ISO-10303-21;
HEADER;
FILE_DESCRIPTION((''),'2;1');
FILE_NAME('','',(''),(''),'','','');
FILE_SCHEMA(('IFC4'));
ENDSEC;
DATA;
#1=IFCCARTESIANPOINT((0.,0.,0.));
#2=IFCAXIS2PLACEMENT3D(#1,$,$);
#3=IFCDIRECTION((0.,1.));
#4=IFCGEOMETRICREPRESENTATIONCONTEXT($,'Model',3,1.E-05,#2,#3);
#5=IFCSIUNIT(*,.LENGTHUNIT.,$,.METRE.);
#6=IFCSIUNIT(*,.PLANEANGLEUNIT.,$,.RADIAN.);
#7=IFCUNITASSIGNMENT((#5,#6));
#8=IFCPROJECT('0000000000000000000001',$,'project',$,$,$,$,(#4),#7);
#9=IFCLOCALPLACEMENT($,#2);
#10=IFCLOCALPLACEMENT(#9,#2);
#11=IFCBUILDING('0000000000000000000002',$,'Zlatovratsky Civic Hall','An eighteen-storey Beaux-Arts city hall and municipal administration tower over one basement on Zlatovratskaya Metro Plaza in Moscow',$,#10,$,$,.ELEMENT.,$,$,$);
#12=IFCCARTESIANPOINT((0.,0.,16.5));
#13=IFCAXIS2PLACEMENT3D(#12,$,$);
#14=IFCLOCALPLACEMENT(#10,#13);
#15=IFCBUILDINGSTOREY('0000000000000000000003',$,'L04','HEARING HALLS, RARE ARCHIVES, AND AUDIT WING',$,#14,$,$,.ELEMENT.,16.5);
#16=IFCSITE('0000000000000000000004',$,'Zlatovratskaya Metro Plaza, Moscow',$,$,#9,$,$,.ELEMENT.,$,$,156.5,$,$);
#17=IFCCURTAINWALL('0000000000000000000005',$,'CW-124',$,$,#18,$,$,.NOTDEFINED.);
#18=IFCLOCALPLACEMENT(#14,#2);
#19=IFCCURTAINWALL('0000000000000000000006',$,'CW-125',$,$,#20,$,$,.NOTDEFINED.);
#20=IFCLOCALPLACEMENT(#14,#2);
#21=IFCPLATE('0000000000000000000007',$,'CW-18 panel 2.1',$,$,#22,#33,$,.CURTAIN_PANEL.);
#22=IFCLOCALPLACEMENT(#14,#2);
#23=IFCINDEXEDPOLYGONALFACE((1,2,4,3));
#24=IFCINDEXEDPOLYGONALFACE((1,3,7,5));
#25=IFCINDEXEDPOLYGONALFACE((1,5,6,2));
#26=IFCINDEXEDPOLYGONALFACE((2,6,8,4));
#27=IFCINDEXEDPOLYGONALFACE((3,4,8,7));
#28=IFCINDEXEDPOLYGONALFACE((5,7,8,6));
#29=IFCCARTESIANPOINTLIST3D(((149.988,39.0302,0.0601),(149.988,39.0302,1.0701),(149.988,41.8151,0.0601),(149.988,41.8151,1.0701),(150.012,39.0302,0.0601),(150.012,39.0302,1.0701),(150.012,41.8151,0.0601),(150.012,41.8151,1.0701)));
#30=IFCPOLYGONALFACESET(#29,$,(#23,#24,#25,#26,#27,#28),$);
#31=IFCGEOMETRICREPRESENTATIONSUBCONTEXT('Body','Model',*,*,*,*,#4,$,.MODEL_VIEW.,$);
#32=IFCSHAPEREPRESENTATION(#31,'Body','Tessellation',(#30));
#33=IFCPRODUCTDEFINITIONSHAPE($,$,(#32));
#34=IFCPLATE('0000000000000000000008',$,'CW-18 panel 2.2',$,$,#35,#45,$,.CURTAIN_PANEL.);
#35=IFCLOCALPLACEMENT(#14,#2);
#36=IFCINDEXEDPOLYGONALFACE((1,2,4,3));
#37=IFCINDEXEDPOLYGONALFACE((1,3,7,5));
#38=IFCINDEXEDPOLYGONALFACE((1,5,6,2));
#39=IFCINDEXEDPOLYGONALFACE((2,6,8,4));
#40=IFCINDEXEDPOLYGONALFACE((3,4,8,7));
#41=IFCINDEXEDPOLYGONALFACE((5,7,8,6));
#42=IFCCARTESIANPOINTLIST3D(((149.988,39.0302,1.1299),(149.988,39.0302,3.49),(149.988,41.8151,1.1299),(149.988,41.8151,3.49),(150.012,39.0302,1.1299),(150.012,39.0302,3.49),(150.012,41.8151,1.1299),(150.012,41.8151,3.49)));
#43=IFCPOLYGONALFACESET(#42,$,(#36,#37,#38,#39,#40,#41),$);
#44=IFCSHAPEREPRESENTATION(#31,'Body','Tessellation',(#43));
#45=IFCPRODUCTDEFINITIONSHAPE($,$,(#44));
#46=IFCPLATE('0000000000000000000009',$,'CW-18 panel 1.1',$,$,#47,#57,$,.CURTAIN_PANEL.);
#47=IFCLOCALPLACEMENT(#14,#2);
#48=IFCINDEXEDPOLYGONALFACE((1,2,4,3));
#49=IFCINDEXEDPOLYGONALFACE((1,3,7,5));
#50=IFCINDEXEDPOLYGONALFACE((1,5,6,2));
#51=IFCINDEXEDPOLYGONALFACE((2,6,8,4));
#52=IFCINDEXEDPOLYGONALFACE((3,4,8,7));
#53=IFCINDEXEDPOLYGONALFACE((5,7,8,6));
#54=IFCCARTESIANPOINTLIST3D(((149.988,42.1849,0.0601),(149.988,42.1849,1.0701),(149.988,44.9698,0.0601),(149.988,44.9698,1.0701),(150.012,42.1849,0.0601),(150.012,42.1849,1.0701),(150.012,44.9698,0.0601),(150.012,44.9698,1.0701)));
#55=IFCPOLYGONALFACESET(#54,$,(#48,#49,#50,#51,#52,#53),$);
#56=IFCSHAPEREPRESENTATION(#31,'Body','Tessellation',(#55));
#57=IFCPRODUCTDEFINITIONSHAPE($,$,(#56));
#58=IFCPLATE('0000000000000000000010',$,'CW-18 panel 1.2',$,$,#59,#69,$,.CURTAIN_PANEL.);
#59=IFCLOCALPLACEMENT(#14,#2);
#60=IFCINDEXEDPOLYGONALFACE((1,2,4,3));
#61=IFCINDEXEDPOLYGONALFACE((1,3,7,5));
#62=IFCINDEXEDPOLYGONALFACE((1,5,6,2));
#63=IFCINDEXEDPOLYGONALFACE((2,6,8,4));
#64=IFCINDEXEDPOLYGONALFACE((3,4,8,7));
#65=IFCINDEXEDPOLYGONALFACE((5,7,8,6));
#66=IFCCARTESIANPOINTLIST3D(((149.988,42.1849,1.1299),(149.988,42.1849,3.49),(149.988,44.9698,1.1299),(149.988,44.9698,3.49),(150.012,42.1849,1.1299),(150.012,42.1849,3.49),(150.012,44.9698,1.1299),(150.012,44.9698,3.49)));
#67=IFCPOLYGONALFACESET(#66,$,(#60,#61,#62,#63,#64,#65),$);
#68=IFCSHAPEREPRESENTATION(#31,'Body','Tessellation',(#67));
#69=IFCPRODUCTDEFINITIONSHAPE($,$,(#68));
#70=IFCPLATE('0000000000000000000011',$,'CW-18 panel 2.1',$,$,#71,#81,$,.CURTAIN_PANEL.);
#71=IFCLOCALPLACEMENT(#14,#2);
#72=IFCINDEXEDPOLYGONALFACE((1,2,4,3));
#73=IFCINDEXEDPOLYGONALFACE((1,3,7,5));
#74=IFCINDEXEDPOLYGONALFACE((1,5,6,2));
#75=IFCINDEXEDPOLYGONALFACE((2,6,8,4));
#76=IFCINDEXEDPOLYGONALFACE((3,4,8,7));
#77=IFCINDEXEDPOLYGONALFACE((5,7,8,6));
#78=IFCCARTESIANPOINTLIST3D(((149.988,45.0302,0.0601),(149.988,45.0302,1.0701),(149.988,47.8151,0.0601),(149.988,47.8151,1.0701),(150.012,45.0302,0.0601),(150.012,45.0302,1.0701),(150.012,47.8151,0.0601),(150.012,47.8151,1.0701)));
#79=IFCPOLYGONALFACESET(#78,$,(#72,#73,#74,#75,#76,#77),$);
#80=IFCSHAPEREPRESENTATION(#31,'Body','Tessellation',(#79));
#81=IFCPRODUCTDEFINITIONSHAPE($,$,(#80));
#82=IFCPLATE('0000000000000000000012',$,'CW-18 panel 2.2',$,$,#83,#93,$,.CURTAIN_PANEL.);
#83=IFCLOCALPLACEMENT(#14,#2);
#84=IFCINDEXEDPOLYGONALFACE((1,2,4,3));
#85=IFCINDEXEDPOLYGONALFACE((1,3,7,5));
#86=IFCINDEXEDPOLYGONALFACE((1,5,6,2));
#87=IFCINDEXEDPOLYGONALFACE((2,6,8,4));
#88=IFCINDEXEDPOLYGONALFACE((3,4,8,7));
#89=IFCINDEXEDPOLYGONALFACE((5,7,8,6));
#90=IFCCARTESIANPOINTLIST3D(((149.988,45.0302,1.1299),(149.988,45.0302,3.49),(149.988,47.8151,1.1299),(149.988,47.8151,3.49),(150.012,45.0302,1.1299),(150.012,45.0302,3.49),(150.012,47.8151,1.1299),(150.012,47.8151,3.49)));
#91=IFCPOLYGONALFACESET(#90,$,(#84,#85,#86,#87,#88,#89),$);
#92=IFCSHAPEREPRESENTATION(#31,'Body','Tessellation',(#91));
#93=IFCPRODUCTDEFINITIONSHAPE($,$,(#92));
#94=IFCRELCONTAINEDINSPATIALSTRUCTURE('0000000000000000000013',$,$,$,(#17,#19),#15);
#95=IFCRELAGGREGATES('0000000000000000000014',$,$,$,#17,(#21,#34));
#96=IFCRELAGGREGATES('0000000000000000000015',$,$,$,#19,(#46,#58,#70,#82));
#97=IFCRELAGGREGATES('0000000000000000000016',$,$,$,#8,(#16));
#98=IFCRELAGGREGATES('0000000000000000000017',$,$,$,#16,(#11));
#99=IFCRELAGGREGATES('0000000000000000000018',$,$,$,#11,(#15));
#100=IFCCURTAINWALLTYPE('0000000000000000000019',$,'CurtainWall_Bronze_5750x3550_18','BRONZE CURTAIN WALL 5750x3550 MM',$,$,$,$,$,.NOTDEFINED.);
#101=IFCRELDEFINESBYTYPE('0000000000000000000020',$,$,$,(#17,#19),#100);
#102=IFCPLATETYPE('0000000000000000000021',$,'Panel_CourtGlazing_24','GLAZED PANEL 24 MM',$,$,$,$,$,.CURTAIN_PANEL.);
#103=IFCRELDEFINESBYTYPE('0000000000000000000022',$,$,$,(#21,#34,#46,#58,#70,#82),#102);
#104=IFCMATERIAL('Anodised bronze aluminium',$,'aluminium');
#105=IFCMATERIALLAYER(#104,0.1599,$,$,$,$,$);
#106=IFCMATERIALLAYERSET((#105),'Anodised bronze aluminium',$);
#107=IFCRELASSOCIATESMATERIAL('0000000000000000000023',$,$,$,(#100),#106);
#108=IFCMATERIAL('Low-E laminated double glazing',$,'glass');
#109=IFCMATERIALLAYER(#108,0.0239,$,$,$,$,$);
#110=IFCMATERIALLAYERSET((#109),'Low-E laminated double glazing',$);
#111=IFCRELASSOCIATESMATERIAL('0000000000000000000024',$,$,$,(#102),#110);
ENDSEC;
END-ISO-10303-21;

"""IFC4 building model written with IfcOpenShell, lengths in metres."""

from ifc_helpers import new_model, si_unit, direction, frame, origin, origin_2d, place, context, subcontext, project, spatial, rectangle, extrude, material, layer, layer_set, type_object, element, aggregate, save


model = new_model("IFC4")

# Units and contexts
model_context = context("Model", 3, precision=1e-05, world=origin(), true_north=direction((0.0, 1.0)))
body_context = subcontext(model_context, "Body", "Model", "MODEL_VIEW")
ifc_project = project(units=[si_unit("LENGTHUNIT", "METRE"), si_unit("PLANEANGLEUNIT", "RADIAN")], contexts=[model_context])

# Site, building, storey
site_placement = place(None, origin())
site = spatial("IfcSite", under=ifc_project, at=site_placement, Name="Zlatovratskaya Metro Plaza, Moscow", CompositionType="ELEMENT", RefElevation=156.5)
building_placement = place(site_placement, origin())
building = spatial("IfcBuilding", under=site, at=building_placement, Name="Zlatovratsky Civic Hall", Description="An eighteen-storey Beaux-Arts city hall and municipal administration tower over one basement on Zlatovratskaya Metro Plaza in Moscow", CompositionType="ELEMENT")
storey_placement = place(building_placement, frame((0.0, 0.0, 16.5)))
storey = spatial("IfcBuildingStorey", under=building, at=storey_placement, Name="L04", Description="HEARING HALLS, RARE ARCHIVES, AND AUDIT WING", CompositionType="ELEMENT", Elevation=16.5)

# Curtain walls
ifc_material_1 = material(Name="Anodised bronze aluminium", Category="aluminium")
ifc_layer_1 = layer(ifc_material_1, 0.1599)
ifc_layer_set_1 = layer_set([ifc_layer_1], Name="Anodised bronze aluminium")
curtain_wall_type = type_object("IfcCurtainWallType", Name="CurtainWall_Bronze_5750x3550_18", Description="BRONZE CURTAIN WALL 5750x3550 MM", PredefinedType="NOTDEFINED", material=ifc_layer_set_1)
curtain_wall_1_placement = place(storey_placement, origin())
curtain_wall_1 = element("IfcCurtainWall", 1, at=curtain_wall_1_placement, inside=storey, type_object=curtain_wall_type, Name="CW-124", PredefinedType="NOTDEFINED")
curtain_wall_2_placement = place(storey_placement, origin())
curtain_wall_2 = element("IfcCurtainWall", 2, at=curtain_wall_2_placement, inside=storey, type_object=curtain_wall_type, Name="CW-125", PredefinedType="NOTDEFINED")

# Plates
ifc_material_2 = material(Name="Low-E laminated double glazing", Category="glass")
ifc_layer_2 = layer(ifc_material_2, 0.0239)
ifc_layer_set_2 = layer_set([ifc_layer_2], Name="Low-E laminated double glazing")
plate_type = type_object("IfcPlateType", Name="Panel_CourtGlazing_24", Description="GLAZED PANEL 24 MM", PredefinedType="CURTAIN_PANEL", material=ifc_layer_set_2)
plate_1_placement = place(storey_placement, frame((150.0, 40.4226, 0.0601), z_axis=(0.0, 0.0, 1.0), x_axis=(0.0, 1.0, 0.0)))
plate_1 = element("IfcPlate", 3, at=plate_1_placement, type_object=plate_type, Name="CW-18 panel 2.1", PredefinedType="CURTAIN_PANEL", context=body_context, shape_type="SweptSolid", body=[
    extrude(rectangle(XDim=2.7849, YDim=0.0239, at=origin_2d()), origin(), (0.0, 0.0, 1.0), 1.01),
])
plate_2_placement = place(storey_placement, frame((150.0, 40.4226, 1.1299), z_axis=(0.0, 0.0, 1.0), x_axis=(0.0, 1.0, 0.0)))
plate_2 = element("IfcPlate", 4, at=plate_2_placement, type_object=plate_type, Name="CW-18 panel 2.2", PredefinedType="CURTAIN_PANEL", context=body_context, shape_type="SweptSolid", body=[
    extrude(rectangle(XDim=2.7849, YDim=0.0239, at=origin_2d()), origin(), (0.0, 0.0, 1.0), 2.3601),
])
aggregate(curtain_wall_1, [plate_1, plate_2])
plate_3_placement = place(storey_placement, frame((150.0, 43.5774, 0.0601), z_axis=(0.0, 0.0, 1.0), x_axis=(0.0, 1.0, 0.0)))
plate_3 = element("IfcPlate", 5, at=plate_3_placement, type_object=plate_type, Name="CW-18 panel 1.1", PredefinedType="CURTAIN_PANEL", context=body_context, shape_type="SweptSolid", body=[
    extrude(rectangle(XDim=2.7849, YDim=0.0239, at=origin_2d()), origin(), (0.0, 0.0, 1.0), 1.01),
])
plate_4_placement = place(storey_placement, frame((150.0, 43.5774, 1.1299), z_axis=(0.0, 0.0, 1.0), x_axis=(0.0, 1.0, 0.0)))
plate_4 = element("IfcPlate", 6, at=plate_4_placement, type_object=plate_type, Name="CW-18 panel 1.2", PredefinedType="CURTAIN_PANEL", context=body_context, shape_type="SweptSolid", body=[
    extrude(rectangle(XDim=2.7849, YDim=0.0239, at=origin_2d()), origin(), (0.0, 0.0, 1.0), 2.3601),
])
plate_5_placement = place(storey_placement, frame((150.0, 46.4226, 0.0601), z_axis=(0.0, 0.0, 1.0), x_axis=(0.0, 1.0, 0.0)))
plate_5 = element("IfcPlate", 7, at=plate_5_placement, type_object=plate_type, Name="CW-18 panel 2.1", PredefinedType="CURTAIN_PANEL", context=body_context, shape_type="SweptSolid", body=[
    extrude(rectangle(XDim=2.7849, YDim=0.0239, at=origin_2d()), origin(), (0.0, 0.0, 1.0), 1.01),
])
plate_6_placement = place(storey_placement, frame((150.0, 46.4226, 1.1299), z_axis=(0.0, 0.0, 1.0), x_axis=(0.0, 1.0, 0.0)))
plate_6 = element("IfcPlate", 8, at=plate_6_placement, type_object=plate_type, Name="CW-18 panel 2.2", PredefinedType="CURTAIN_PANEL", context=body_context, shape_type="SweptSolid", body=[
    extrude(rectangle(XDim=2.7849, YDim=0.0239, at=origin_2d()), origin(), (0.0, 0.0, 1.0), 2.3601),
])
aggregate(curtain_wall_2, [plate_3, plate_4, plate_5, plate_6])

save(model, "model.ifc")
